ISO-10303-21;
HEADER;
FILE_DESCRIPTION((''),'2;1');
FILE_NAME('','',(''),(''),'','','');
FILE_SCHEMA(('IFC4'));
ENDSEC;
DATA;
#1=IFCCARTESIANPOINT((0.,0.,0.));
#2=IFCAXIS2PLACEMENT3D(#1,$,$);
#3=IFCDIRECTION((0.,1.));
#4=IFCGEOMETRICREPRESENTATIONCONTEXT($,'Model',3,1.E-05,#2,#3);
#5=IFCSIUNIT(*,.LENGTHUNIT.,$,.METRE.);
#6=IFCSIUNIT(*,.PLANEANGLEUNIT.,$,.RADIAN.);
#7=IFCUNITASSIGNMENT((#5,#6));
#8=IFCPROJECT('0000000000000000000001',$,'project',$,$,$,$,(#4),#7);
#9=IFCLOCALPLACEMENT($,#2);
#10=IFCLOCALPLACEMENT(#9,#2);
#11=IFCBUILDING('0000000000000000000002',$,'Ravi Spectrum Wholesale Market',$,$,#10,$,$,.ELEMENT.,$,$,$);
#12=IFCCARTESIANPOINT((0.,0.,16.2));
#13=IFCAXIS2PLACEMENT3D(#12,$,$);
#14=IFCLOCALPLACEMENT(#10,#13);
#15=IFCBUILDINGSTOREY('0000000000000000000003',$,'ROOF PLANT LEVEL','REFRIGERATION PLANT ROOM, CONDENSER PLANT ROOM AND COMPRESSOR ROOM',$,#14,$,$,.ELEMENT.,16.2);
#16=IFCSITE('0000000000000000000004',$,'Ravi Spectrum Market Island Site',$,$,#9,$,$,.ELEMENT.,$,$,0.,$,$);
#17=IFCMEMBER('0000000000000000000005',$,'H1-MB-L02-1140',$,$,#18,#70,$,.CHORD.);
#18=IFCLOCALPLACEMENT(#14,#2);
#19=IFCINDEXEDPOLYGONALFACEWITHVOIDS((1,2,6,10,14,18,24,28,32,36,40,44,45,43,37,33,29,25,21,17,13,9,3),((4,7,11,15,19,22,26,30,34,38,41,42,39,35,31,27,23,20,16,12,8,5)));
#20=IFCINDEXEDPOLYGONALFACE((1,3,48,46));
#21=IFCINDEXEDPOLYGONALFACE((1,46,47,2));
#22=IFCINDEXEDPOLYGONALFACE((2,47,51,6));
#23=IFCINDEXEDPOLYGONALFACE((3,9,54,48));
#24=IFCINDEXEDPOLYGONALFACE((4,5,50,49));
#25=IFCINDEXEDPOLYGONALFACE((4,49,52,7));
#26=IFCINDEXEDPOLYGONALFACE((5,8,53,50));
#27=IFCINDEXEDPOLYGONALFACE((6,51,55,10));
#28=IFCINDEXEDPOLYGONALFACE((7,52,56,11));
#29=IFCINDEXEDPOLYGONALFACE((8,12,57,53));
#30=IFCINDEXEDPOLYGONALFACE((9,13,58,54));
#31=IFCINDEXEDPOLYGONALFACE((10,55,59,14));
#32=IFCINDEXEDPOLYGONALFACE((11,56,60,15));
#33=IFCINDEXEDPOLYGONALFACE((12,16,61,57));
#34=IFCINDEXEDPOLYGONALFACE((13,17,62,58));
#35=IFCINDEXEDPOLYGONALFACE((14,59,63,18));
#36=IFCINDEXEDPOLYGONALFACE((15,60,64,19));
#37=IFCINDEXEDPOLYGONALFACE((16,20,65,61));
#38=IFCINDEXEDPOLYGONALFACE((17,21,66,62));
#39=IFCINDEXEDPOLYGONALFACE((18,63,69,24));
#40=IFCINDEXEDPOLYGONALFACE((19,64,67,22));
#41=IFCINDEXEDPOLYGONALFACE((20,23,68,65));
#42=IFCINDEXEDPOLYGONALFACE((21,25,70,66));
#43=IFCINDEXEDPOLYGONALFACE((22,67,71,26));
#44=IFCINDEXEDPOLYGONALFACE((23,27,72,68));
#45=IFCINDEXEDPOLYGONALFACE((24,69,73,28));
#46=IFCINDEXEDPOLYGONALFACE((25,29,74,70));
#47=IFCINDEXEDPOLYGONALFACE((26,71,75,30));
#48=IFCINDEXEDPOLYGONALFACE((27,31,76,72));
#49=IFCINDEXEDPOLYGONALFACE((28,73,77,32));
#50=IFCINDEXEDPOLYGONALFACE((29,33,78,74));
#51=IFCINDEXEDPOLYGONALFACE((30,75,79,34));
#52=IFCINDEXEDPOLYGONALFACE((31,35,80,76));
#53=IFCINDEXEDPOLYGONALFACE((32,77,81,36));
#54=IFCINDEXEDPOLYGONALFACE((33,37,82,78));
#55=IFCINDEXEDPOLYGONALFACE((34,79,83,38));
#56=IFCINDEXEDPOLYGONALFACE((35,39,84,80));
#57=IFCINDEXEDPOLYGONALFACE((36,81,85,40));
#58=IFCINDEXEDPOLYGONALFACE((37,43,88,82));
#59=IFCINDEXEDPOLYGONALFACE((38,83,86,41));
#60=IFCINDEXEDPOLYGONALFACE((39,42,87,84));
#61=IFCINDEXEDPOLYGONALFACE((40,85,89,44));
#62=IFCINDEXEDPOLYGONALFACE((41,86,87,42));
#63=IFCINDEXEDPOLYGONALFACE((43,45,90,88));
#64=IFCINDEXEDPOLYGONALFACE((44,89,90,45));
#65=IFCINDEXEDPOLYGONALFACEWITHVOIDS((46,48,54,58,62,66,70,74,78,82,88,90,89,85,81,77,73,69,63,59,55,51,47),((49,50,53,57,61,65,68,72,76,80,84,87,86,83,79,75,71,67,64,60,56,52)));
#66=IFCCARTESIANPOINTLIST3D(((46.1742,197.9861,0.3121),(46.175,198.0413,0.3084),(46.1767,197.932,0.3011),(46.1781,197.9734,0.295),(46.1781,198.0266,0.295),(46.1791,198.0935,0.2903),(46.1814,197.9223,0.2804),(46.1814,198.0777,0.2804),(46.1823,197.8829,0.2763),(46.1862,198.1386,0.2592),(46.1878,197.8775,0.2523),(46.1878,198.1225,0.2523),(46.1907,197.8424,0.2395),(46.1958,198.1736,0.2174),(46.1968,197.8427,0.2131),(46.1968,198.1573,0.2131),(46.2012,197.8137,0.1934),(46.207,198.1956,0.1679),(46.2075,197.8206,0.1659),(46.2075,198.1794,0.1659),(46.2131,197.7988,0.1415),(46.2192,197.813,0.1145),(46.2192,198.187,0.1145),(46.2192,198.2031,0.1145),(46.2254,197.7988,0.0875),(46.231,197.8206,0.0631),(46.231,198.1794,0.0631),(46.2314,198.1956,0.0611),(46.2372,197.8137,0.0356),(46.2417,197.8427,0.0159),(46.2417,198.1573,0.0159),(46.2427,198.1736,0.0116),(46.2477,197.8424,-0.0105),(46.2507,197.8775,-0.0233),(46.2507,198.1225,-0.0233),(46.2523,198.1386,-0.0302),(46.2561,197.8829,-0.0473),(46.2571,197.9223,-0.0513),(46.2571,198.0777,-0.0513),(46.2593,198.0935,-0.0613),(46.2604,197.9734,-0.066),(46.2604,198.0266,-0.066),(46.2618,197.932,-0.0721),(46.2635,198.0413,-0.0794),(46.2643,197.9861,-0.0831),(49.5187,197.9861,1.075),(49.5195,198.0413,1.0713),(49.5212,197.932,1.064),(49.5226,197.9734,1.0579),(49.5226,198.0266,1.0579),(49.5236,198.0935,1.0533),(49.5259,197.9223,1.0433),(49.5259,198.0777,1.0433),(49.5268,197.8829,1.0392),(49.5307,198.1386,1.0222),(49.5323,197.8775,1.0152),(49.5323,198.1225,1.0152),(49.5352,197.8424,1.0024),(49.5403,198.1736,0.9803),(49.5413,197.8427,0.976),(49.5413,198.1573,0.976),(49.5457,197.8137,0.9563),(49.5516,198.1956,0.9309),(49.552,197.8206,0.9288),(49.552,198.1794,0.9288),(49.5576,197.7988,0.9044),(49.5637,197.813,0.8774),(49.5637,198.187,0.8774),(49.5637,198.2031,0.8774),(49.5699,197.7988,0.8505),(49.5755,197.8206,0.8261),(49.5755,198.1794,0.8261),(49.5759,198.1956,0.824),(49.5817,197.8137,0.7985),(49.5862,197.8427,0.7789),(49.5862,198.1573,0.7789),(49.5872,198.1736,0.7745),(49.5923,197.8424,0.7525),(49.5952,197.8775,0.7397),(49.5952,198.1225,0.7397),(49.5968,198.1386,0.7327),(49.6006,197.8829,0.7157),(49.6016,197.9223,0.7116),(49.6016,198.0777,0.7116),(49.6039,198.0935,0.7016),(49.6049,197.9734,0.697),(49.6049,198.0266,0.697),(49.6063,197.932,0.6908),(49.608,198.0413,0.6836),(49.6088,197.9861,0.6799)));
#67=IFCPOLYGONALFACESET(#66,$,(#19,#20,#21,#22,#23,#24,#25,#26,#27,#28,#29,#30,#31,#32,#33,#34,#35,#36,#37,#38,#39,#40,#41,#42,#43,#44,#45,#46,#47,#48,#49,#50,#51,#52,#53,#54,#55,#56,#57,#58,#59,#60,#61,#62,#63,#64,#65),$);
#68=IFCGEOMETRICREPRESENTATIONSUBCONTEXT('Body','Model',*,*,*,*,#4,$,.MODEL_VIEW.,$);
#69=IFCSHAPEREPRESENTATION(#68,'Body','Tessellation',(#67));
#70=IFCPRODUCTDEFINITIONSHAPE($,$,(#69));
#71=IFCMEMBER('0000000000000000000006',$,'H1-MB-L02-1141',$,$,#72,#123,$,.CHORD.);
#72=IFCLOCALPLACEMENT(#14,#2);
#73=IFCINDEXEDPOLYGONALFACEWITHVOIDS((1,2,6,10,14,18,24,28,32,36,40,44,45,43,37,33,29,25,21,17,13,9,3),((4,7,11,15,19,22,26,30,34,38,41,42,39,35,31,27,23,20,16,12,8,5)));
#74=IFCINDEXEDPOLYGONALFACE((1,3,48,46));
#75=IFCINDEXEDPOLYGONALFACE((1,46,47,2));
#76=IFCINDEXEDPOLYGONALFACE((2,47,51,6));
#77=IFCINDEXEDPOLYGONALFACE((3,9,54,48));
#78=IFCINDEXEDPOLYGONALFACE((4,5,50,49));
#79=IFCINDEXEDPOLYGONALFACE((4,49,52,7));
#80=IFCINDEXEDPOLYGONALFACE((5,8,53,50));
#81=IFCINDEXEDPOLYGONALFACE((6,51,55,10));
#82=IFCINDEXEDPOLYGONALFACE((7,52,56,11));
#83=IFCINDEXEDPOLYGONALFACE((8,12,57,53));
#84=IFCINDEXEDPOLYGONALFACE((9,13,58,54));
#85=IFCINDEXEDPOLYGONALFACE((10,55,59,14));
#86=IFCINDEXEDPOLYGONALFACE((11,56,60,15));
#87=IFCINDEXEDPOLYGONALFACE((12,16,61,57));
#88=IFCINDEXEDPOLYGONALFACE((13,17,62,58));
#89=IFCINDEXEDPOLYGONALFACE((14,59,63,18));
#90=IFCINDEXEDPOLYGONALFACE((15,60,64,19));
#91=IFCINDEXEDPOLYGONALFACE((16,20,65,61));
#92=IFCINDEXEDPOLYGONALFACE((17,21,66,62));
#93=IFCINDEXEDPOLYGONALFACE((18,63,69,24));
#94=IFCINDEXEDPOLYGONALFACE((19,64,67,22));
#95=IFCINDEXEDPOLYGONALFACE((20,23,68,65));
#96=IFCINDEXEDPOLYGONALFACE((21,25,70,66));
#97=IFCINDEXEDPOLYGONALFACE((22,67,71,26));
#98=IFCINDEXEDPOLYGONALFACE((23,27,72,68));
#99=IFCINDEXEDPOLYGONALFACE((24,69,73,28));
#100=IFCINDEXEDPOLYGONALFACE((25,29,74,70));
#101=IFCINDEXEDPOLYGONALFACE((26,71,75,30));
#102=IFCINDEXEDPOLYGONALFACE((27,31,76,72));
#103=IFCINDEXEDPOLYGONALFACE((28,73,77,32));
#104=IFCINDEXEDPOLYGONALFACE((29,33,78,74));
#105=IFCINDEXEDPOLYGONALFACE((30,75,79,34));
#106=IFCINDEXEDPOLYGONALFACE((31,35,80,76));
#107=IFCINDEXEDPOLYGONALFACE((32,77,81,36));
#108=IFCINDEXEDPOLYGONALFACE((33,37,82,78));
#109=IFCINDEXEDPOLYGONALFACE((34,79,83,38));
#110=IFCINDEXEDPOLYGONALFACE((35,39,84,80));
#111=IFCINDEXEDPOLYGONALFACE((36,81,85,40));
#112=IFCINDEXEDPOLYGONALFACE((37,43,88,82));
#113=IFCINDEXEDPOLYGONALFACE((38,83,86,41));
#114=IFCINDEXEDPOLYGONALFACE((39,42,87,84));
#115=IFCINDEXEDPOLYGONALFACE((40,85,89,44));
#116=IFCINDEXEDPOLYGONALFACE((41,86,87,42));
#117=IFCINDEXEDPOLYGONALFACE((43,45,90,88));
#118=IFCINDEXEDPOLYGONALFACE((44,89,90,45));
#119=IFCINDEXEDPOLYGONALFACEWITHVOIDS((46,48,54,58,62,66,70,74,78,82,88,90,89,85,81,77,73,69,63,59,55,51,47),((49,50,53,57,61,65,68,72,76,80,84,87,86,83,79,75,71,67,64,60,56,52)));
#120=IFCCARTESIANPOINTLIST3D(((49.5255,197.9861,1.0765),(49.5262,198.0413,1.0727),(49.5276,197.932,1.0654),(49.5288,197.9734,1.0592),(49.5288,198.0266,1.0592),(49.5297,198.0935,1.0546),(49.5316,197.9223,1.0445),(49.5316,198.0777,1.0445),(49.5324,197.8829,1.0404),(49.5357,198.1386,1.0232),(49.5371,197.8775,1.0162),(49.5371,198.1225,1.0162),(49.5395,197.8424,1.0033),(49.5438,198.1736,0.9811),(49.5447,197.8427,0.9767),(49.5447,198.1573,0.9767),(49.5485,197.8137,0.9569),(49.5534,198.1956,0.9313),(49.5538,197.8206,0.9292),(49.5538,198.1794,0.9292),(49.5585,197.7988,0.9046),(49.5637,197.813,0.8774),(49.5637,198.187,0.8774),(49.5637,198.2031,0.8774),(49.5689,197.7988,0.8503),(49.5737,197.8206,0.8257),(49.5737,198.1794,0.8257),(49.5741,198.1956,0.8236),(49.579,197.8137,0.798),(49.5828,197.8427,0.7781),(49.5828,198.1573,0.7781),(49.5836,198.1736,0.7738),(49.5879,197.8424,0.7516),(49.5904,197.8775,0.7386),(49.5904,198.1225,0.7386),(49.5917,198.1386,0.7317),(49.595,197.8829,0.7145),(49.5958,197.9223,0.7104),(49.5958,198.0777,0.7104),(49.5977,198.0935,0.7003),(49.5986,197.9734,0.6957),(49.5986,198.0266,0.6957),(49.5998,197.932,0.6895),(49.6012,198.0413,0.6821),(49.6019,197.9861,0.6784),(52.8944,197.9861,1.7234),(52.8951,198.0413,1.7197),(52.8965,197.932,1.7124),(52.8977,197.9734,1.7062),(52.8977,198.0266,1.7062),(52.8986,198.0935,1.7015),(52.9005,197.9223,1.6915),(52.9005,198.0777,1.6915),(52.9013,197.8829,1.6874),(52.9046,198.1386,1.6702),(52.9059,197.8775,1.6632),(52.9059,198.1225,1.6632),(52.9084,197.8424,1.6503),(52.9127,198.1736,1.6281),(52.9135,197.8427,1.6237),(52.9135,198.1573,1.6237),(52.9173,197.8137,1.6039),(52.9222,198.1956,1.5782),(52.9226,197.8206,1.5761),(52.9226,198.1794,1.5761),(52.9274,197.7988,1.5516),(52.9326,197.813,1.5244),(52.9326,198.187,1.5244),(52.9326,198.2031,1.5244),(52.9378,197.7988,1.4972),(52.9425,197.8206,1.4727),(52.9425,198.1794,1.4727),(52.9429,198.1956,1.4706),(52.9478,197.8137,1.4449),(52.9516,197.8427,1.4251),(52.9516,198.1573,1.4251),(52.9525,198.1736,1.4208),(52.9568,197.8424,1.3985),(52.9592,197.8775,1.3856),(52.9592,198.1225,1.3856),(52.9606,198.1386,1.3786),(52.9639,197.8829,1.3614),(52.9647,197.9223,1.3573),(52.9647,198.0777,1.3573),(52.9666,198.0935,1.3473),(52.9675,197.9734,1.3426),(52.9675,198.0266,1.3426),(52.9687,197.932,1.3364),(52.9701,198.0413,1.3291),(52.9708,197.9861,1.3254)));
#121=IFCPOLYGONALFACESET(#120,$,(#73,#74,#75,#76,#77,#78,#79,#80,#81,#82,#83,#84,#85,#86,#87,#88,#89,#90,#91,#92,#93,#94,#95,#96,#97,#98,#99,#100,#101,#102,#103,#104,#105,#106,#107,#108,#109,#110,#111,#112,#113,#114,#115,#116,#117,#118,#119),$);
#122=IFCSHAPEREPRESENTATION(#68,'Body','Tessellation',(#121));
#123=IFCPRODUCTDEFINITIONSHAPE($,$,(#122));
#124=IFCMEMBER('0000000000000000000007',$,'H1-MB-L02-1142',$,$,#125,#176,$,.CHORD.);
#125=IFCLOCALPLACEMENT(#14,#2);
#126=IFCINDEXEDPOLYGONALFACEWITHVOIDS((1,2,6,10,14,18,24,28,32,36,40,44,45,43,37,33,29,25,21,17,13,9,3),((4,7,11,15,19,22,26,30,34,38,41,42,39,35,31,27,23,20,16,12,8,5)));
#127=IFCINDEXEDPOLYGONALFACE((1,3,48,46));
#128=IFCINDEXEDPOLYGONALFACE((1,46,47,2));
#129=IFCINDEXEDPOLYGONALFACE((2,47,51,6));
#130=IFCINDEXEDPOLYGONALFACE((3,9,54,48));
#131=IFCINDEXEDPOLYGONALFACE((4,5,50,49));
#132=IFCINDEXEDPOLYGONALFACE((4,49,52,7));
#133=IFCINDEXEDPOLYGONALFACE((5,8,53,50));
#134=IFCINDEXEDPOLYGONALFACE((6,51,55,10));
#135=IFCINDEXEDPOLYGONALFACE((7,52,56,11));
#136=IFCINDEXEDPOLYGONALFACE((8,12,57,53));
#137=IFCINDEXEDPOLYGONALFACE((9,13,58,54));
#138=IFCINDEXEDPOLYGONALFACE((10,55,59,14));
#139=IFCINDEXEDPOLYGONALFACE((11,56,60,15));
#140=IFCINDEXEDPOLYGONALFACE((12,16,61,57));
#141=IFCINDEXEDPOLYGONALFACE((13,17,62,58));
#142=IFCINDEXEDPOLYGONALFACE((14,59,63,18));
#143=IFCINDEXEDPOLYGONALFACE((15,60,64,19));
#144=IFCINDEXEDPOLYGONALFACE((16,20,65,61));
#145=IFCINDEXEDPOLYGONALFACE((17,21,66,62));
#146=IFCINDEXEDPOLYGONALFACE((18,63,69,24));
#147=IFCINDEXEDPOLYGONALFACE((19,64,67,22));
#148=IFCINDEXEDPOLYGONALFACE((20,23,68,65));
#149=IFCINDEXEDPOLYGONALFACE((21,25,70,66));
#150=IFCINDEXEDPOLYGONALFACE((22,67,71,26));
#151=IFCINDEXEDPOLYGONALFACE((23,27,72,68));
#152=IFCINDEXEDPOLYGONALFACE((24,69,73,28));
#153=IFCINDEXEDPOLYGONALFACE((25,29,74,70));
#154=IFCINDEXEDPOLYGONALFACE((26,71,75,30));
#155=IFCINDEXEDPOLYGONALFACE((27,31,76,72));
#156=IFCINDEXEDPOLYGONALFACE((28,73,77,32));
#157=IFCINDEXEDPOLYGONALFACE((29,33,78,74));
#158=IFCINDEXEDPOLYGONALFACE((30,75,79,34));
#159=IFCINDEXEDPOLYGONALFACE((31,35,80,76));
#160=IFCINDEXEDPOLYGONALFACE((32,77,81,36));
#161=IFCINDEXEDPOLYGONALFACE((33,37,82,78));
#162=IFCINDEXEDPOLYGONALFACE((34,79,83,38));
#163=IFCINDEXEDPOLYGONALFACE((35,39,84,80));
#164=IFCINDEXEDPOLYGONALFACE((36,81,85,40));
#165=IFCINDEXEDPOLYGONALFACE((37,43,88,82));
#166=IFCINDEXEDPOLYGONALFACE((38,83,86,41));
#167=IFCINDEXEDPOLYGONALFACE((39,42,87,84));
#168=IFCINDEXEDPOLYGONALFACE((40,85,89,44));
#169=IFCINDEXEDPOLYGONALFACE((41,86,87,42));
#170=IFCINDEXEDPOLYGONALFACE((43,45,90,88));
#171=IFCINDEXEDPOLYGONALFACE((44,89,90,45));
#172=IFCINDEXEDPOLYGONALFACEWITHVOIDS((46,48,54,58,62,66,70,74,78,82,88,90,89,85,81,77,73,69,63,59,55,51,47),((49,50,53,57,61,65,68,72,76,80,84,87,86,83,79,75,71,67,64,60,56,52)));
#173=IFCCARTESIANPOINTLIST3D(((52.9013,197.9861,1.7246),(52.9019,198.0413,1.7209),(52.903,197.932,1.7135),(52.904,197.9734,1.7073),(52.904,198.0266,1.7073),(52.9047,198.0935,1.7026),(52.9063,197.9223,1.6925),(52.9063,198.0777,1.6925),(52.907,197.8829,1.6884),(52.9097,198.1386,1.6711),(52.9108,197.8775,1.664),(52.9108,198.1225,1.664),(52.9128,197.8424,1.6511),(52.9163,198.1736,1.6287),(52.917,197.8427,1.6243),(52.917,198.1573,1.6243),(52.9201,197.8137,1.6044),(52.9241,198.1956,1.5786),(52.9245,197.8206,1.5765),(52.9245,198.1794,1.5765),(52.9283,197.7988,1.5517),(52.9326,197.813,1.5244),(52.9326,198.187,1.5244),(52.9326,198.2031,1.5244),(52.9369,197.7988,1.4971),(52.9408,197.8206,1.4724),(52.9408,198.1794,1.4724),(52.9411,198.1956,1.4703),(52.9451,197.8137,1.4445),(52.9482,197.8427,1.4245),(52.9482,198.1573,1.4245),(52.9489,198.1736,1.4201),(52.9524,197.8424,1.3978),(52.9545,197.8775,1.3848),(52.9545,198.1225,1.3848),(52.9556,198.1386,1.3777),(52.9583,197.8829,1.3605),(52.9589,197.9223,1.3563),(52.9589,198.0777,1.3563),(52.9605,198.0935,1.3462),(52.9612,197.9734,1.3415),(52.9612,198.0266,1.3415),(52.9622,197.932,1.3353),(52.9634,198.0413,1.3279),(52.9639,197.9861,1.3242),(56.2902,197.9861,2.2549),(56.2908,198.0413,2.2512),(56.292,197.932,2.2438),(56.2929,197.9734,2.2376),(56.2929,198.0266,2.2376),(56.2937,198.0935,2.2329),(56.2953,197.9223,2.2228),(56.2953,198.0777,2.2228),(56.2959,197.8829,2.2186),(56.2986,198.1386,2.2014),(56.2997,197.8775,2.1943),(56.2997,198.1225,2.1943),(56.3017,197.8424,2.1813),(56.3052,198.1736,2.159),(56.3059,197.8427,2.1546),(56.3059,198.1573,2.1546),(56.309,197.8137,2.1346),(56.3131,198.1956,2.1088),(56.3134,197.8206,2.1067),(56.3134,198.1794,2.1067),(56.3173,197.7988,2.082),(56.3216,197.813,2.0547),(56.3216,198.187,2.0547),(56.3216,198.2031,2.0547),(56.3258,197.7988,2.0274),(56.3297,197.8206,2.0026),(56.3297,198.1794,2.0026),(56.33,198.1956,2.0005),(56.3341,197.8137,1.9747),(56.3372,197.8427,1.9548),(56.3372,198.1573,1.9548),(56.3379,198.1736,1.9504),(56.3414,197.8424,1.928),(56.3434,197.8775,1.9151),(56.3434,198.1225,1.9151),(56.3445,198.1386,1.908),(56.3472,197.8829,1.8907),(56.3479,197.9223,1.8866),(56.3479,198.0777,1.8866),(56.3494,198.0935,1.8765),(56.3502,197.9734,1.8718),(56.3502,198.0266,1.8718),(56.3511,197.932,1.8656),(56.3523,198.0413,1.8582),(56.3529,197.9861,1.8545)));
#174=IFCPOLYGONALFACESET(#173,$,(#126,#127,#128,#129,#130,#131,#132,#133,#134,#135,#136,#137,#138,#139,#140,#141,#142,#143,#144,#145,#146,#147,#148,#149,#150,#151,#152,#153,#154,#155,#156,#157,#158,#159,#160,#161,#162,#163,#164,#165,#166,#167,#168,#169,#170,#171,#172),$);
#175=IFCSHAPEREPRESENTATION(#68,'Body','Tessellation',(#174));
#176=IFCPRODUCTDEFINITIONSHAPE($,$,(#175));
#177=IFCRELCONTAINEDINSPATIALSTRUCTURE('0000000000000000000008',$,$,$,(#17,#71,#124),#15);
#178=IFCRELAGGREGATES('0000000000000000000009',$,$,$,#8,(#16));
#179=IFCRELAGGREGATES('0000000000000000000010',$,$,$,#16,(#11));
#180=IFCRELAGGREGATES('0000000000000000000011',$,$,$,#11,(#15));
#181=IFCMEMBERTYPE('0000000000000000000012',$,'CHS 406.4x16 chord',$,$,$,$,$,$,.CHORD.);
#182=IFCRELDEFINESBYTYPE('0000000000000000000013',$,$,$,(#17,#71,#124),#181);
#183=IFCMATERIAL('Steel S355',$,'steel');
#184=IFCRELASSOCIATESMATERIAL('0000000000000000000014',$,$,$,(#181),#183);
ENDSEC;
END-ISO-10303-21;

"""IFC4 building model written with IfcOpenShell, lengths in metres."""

from ifc_helpers import new_model, si_unit, direction, frame, origin, origin_2d, place, context, subcontext, project, spatial, hollow_circle, extrude, material, material_profile, profile_set, type_object, element, save


model = new_model("IFC4")

# Units and contexts
model_context = context("Model", 3, precision=1e-05, world=origin(), true_north=direction((0.0, 1.0)))
body_context = subcontext(model_context, "Body", "Model", "MODEL_VIEW")
ifc_project = project(units=[si_unit("LENGTHUNIT", "METRE"), si_unit("PLANEANGLEUNIT", "RADIAN")], contexts=[model_context])

# Site, building, storey
site_placement = place(None, origin())
site = spatial("IfcSite", under=ifc_project, at=site_placement, Name="Ravi Spectrum Market Island Site", CompositionType="ELEMENT", RefElevation=0.0)
building_placement = place(site_placement, origin())
building = spatial("IfcBuilding", under=site, at=building_placement, Name="Ravi Spectrum Wholesale Market", CompositionType="ELEMENT")
storey_placement = place(building_placement, frame((0.0, 0.0, 16.2)))
storey = spatial("IfcBuildingStorey", under=building, at=storey_placement, Name="ROOF PLANT LEVEL", Description="REFRIGERATION PLANT ROOM, CONDENSER PLANT ROOM AND COMPRESSOR ROOM", CompositionType="ELEMENT", Elevation=16.2)

# Members
ifc_material_1 = material(Name="Steel S355", Category="steel")
ifc_material_profile_1 = material_profile(ifc_material_1, hollow_circle(Radius=0.2031, WallThickness=0.0161, at=origin_2d()))
ifc_profile_set_1 = profile_set([ifc_material_profile_1], Name="Steel S355")
member_type_1 = type_object("IfcMemberType", Name="CHS 406.4x16 chord", PredefinedType="CHORD", material=ifc_profile_set_1)
for number, where, z_axis, x_axis, name in (
    (1, (46.2192, 198.0, 0.1145), (0.974954, 0.0, 0.222405), (0.0, 1.0, 0.0), "H1-MB-L02-1140"),
    (2, (49.5637, 198.0, 0.8774), (0.982055, 0.0, 0.188597), (0.0, 1.0, 0.0), "H1-MB-L02-1141"),
):
    element("IfcMember", number, at=place(storey_placement, frame(where, z_axis=z_axis, x_axis=x_axis)), inside=storey, type_object=member_type_1, Name=name, PredefinedType="CHORD", context=body_context, shape_type="SweptSolid", body=[
        extrude(hollow_circle(Radius=0.2031, WallThickness=0.0161, at=origin_2d()), origin(), (0.0, 0.0, 1.0), 3.4304),
    ])
for number, where, z_axis, x_axis, name in (
    (3, (52.9326, 198.0, 1.5244), (0.987978, 0.0, 0.154592), (0.0, 1.0, 0.0), "H1-MB-L02-1142"),
):
    element("IfcMember", number, at=place(storey_placement, frame(where, z_axis=z_axis, x_axis=x_axis)), inside=storey, type_object=member_type_1, Name=name, PredefinedType="CHORD", context=body_context, shape_type="SweptSolid", body=[
        extrude(hollow_circle(Radius=0.2031, WallThickness=0.0161, at=origin_2d()), origin(), (0.0, 0.0, 1.0), 3.4302),
    ])

save(model, "model.ifc")
